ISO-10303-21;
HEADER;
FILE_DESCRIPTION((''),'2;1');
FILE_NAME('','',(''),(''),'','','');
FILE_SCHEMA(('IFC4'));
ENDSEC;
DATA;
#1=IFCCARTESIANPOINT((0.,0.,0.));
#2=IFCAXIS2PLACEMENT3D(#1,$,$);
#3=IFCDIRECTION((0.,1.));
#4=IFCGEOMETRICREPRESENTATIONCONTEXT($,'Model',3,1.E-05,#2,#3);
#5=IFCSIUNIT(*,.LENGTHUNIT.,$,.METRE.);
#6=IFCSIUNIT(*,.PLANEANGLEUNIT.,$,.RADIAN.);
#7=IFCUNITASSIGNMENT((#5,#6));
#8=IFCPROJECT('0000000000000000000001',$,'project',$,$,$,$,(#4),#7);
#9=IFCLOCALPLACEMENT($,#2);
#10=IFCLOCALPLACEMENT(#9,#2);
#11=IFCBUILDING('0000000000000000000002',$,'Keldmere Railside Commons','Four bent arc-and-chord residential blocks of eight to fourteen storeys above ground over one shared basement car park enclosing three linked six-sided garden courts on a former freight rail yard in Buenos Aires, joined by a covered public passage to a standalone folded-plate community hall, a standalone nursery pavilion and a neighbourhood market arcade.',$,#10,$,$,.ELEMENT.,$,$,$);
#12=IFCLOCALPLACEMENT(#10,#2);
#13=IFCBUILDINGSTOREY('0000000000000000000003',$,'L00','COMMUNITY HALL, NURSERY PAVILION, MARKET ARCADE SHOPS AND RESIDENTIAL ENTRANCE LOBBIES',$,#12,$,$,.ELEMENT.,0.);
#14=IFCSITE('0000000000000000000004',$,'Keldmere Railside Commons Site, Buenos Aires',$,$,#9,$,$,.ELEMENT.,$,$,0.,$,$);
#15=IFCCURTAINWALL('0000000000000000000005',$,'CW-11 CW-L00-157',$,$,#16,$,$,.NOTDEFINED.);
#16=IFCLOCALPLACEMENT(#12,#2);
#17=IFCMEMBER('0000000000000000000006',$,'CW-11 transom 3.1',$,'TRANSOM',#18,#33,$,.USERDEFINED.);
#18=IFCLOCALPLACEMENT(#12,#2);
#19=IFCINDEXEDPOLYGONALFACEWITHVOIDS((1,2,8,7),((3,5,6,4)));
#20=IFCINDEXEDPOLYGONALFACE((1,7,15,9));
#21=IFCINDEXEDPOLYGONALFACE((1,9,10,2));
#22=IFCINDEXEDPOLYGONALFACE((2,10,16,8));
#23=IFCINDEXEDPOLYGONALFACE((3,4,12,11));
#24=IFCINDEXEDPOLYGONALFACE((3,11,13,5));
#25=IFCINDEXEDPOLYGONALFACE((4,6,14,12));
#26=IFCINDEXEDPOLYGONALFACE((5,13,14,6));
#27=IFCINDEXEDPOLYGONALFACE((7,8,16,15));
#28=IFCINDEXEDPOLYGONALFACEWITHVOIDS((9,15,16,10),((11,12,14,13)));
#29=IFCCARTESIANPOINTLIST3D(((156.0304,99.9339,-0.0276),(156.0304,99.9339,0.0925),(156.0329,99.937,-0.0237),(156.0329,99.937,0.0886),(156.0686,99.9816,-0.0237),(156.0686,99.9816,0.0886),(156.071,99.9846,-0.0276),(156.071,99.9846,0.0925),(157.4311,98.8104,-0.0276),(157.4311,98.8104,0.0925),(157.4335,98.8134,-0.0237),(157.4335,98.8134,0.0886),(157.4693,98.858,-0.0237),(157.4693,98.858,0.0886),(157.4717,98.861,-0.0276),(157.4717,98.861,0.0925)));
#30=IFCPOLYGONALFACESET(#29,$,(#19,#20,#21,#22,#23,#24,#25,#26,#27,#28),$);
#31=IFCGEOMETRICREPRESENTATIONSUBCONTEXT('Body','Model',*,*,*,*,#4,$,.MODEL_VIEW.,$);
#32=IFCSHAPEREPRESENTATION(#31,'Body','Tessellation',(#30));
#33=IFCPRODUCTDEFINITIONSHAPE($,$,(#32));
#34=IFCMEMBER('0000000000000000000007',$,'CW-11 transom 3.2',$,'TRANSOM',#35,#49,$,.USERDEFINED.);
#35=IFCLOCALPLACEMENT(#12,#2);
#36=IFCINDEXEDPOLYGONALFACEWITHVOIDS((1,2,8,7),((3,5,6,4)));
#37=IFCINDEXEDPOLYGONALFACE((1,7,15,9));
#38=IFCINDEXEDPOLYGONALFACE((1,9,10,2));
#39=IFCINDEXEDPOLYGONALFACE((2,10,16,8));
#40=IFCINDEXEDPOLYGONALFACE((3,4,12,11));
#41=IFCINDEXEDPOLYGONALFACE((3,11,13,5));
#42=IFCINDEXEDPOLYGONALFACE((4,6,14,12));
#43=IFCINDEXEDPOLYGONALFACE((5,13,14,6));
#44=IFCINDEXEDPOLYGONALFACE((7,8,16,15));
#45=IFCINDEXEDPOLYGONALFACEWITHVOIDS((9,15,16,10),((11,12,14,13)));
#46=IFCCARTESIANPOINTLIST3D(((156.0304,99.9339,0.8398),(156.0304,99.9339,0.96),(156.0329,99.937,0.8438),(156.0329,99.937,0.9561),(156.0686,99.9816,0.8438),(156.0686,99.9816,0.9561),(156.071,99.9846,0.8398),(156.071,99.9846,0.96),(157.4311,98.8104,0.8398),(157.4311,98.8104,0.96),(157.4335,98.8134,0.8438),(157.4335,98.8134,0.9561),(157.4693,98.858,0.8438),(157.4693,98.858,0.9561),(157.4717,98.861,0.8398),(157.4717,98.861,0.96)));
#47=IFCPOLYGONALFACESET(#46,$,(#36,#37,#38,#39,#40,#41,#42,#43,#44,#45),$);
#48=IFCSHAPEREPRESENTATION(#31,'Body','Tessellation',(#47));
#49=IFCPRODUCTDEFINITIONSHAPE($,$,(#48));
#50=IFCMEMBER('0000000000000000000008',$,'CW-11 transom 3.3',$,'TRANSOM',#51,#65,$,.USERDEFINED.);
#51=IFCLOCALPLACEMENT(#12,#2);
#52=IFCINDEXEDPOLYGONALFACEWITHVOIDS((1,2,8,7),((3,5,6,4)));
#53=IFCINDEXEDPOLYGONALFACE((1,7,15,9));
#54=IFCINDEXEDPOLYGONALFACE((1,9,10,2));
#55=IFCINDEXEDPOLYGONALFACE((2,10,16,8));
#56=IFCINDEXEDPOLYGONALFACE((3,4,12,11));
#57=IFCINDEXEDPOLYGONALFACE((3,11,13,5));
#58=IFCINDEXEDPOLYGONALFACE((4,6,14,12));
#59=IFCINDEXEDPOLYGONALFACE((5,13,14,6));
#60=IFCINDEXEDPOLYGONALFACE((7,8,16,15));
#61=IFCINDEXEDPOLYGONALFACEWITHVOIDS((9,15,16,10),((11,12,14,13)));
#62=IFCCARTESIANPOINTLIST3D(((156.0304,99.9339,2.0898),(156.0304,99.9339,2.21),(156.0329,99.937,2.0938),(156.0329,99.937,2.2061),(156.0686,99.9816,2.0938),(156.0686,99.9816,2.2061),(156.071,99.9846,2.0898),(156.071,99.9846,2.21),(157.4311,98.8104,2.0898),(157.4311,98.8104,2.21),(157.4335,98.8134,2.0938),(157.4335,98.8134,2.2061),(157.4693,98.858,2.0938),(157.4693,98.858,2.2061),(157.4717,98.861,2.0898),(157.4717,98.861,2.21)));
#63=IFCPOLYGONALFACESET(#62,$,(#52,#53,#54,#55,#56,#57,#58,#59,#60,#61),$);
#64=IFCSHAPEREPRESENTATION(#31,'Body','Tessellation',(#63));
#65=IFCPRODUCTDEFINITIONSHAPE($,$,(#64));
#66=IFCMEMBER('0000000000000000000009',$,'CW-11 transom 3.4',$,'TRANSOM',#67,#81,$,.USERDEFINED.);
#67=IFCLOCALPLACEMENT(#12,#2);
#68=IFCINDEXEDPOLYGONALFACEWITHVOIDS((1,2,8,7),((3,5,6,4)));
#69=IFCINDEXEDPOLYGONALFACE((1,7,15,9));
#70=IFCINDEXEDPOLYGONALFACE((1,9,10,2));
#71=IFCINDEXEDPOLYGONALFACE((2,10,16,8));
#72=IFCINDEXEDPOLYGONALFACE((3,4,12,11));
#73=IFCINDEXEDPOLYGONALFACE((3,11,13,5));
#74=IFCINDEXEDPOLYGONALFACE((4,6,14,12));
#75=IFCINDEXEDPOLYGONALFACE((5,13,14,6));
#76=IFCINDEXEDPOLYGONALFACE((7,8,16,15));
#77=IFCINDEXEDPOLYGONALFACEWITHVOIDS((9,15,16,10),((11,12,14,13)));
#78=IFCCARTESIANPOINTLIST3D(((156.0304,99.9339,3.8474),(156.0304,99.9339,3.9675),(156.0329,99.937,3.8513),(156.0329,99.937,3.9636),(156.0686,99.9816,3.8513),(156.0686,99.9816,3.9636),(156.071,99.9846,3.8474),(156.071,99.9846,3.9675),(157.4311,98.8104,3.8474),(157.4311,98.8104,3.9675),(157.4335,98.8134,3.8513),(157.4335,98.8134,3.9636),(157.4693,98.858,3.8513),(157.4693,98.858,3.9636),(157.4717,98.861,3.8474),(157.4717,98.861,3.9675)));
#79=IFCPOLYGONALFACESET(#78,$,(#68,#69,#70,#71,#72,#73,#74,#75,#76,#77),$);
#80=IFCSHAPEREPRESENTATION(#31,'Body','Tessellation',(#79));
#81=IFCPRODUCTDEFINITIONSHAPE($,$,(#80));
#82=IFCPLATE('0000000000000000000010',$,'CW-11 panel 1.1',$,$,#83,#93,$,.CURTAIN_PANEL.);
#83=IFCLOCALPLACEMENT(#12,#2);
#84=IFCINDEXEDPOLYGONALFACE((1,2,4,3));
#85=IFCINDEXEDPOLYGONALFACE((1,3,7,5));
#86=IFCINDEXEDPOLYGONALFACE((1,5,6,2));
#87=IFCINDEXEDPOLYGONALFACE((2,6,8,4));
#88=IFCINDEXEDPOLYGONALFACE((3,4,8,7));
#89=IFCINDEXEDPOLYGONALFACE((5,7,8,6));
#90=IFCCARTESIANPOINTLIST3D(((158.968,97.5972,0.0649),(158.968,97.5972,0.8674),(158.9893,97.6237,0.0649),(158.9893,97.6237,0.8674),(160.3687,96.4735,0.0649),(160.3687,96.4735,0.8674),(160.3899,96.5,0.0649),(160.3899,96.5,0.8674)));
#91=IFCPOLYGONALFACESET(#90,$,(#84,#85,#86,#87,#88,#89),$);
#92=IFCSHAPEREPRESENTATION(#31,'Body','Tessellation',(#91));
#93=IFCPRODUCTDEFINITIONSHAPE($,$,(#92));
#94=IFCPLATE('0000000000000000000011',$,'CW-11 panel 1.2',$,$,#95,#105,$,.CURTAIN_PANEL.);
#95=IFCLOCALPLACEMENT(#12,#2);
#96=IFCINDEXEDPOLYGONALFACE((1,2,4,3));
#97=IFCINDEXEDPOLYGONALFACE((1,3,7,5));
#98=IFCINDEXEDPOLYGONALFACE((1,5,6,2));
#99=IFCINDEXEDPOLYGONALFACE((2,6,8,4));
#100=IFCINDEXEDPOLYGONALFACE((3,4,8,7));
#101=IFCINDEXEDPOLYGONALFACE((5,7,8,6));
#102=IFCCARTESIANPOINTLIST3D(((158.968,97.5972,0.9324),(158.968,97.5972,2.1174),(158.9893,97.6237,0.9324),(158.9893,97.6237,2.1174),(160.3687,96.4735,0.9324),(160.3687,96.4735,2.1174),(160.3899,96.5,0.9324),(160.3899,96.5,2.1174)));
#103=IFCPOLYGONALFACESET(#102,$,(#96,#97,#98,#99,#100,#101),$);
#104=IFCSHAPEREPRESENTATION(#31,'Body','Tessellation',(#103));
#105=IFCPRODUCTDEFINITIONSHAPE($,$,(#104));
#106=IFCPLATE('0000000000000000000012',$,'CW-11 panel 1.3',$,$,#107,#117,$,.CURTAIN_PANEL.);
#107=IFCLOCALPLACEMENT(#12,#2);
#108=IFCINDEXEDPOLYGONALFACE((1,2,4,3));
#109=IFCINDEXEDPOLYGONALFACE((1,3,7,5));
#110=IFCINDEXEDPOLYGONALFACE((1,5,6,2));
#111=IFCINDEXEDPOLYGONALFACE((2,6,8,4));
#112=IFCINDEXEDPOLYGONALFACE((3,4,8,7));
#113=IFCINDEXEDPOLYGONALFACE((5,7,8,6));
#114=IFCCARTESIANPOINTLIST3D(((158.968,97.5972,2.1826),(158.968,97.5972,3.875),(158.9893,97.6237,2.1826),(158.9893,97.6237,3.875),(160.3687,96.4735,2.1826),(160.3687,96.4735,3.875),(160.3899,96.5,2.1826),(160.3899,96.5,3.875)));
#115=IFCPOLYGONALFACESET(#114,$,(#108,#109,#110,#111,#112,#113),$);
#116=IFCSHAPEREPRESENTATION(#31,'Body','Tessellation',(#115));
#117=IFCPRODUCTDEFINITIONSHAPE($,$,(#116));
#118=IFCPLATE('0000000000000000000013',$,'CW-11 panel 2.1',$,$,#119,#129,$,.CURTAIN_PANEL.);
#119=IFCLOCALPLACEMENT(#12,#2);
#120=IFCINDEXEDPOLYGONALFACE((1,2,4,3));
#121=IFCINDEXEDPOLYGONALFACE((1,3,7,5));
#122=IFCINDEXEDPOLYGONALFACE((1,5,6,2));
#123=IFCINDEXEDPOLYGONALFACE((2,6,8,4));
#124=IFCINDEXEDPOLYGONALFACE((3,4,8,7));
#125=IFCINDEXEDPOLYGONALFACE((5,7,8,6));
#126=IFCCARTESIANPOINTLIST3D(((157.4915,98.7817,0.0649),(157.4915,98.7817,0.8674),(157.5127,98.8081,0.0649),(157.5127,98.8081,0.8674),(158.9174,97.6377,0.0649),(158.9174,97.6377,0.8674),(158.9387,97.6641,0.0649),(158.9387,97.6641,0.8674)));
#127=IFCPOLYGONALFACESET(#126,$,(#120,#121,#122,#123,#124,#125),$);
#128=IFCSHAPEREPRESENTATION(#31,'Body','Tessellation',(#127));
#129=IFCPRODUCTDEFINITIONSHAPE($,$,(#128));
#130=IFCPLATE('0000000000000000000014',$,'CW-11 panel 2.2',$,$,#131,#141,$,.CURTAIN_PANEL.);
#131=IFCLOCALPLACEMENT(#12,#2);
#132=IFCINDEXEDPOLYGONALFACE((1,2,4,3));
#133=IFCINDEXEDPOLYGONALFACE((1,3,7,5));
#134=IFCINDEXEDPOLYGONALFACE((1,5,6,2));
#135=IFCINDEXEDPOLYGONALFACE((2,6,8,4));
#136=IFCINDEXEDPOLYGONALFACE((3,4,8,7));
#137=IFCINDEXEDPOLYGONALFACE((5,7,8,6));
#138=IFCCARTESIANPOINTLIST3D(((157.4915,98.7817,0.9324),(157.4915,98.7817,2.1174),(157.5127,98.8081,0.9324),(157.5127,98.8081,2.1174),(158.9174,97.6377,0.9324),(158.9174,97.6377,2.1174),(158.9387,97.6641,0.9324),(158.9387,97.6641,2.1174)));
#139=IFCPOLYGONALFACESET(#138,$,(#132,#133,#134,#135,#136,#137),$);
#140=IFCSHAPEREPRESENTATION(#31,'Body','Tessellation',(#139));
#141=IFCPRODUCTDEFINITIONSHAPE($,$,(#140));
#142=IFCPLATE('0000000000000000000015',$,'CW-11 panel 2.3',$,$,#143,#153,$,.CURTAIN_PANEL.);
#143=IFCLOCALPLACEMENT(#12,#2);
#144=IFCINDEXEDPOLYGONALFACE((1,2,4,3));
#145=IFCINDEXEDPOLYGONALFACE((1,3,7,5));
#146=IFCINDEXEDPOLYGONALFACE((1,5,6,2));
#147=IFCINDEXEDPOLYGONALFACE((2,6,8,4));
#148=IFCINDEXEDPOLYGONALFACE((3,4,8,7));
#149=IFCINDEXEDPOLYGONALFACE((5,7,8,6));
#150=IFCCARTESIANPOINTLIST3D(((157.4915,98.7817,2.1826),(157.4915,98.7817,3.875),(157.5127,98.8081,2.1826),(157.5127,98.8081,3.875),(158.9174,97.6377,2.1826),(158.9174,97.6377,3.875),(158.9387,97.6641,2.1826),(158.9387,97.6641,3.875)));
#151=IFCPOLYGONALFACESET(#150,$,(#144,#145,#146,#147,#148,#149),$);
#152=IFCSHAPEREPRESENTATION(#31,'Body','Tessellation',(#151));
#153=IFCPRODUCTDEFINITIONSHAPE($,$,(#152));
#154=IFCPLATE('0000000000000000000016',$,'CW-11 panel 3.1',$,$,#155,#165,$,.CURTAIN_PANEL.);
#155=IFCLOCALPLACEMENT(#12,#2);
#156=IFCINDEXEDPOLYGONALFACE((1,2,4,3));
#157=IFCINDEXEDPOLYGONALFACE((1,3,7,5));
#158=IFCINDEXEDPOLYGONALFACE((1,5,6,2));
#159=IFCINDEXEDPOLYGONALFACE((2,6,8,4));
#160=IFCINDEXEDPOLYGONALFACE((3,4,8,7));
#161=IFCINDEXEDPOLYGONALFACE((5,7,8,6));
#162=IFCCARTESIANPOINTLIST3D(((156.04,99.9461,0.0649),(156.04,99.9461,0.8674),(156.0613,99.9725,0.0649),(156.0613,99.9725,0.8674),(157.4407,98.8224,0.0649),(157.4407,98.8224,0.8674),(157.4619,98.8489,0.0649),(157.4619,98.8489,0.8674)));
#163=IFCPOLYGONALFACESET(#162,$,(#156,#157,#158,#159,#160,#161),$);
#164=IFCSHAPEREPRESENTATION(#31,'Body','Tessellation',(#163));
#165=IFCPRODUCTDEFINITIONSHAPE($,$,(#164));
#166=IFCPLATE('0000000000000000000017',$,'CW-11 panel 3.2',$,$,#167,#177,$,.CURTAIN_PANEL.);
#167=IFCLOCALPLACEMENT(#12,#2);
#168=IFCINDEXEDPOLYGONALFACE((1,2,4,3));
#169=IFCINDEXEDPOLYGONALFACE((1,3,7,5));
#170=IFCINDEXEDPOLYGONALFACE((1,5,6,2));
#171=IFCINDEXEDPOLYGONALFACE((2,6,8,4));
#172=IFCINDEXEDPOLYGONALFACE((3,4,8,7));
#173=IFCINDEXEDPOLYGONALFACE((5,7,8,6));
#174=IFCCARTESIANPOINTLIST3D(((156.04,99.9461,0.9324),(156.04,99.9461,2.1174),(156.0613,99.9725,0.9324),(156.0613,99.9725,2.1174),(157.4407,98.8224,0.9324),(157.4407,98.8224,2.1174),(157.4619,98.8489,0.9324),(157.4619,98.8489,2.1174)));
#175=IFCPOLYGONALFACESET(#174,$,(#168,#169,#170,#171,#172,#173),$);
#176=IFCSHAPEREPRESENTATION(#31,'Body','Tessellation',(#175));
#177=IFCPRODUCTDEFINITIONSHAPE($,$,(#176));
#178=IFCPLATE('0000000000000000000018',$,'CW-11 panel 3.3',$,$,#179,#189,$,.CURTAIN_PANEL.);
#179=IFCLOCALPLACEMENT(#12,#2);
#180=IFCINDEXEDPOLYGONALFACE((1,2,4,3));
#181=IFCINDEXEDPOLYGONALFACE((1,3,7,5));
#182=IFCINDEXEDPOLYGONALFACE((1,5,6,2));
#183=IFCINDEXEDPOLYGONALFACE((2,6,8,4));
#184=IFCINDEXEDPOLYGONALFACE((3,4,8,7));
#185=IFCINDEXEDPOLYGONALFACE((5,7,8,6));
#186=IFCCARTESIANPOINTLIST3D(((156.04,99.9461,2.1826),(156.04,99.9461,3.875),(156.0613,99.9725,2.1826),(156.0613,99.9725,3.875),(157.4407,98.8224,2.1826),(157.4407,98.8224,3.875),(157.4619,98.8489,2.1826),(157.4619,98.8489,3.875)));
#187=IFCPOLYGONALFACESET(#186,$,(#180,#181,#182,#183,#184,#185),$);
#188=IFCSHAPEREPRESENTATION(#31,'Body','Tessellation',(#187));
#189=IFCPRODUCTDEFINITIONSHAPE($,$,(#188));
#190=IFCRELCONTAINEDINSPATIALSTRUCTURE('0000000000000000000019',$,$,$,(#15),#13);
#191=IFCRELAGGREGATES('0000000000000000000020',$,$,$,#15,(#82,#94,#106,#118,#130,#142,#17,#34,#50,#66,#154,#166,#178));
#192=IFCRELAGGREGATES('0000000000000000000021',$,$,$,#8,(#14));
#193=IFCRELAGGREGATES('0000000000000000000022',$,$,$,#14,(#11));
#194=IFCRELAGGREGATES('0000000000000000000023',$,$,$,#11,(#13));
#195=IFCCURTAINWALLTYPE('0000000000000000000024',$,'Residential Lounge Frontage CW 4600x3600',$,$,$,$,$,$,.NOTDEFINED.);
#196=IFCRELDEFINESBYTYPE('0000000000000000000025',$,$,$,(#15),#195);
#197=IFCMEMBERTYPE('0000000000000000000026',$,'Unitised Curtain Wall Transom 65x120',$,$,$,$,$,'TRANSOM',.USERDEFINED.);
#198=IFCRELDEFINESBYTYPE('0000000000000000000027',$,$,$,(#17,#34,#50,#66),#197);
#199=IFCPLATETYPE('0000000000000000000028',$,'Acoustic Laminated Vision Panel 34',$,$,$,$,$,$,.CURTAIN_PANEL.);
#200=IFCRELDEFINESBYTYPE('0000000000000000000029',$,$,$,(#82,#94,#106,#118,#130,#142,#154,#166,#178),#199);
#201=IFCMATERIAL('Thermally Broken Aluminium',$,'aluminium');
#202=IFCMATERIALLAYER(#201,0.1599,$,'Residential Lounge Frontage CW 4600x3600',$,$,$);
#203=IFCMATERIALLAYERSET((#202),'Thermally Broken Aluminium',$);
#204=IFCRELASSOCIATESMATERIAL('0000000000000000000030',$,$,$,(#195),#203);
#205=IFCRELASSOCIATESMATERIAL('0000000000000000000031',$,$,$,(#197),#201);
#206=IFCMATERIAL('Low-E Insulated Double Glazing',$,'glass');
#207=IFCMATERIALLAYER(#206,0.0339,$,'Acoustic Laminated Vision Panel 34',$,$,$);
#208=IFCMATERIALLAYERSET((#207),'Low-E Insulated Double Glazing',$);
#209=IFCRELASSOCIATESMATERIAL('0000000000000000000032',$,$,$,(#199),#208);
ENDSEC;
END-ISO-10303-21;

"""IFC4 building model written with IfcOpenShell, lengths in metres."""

from ifc_helpers import new_model, si_unit, direction, frame, origin, origin_2d, place, context, subcontext, project, spatial, rectangle, hollow_rectangle, extrude, material, layer, layer_set, material_profile, profile_set, type_object, element, aggregate, save


model = new_model("IFC4")

# Units and contexts
model_context = context("Model", 3, precision=1e-05, world=origin(), true_north=direction((0.0, 1.0)))
body_context = subcontext(model_context, "Body", "Model", "MODEL_VIEW")
ifc_project = project(units=[si_unit("LENGTHUNIT", "METRE"), si_unit("PLANEANGLEUNIT", "RADIAN")], contexts=[model_context])

# Site, building, storey
site_placement = place(None, origin())
site = spatial("IfcSite", under=ifc_project, at=site_placement, Name="Keldmere Railside Commons Site, Buenos Aires", CompositionType="ELEMENT", RefElevation=0.0)
building_placement = place(site_placement, origin())
building = spatial("IfcBuilding", under=site, at=building_placement, Name="Keldmere Railside Commons", Description="Four bent arc-and-chord residential blocks of eight to fourteen storeys above ground over one shared basement car park enclosing three linked six-sided garden courts on a former freight rail yard in Buenos Aires, joined by a covered public passage to a standalone folded-plate community hall, a standalone nursery pavilion and a neighbourhood market arcade.", CompositionType="ELEMENT")
storey_placement = place(building_placement, origin())
storey = spatial("IfcBuildingStorey", under=building, at=storey_placement, Name="L00", Description="COMMUNITY HALL, NURSERY PAVILION, MARKET ARCADE SHOPS AND RESIDENTIAL ENTRANCE LOBBIES", CompositionType="ELEMENT", Elevation=0.0)

# Curtain wall, members, plates
ifc_material_1 = material(Name="Thermally Broken Aluminium", Category="aluminium")
ifc_layer_1 = layer(ifc_material_1, 0.1599, Name="Residential Lounge Frontage CW 4600x3600")
ifc_layer_set_1 = layer_set([ifc_layer_1], Name="Thermally Broken Aluminium")
curtain_wall_type = type_object("IfcCurtainWallType", Name="Residential Lounge Frontage CW 4600x3600", PredefinedType="NOTDEFINED", material=ifc_layer_set_1)
curtain_wall_placement = place(storey_placement, origin())
curtain_wall = element("IfcCurtainWall", 1, at=curtain_wall_placement, inside=storey, type_object=curtain_wall_type, Name="CW-11 CW-L00-157", PredefinedType="NOTDEFINED")
ifc_material_profile_1 = material_profile(ifc_material_1, hollow_rectangle(XDim=0.0649, YDim=0.1201, WallThickness=0.0039, at=origin_2d()), Name="ALU-TRAN-65x120")
ifc_profile_set_1 = profile_set([ifc_material_profile_1], Name="Thermally Broken Aluminium")
member_type_1 = type_object("IfcMemberType", Name="Unitised Curtain Wall Transom 65x120", ElementType="TRANSOM", PredefinedType="USERDEFINED", material=ifc_profile_set_1)
member_1_placement = place(storey_placement, frame((157.4514, 98.8357, 0.0325), z_axis=(-0.780046, 0.625723, 0.0), x_axis=(-0.625723, -0.780046, 0.0)))
member_1 = element("IfcMember", 2, at=member_1_placement, type_object=member_type_1, Name="CW-11 transom 3.1", ObjectType="TRANSOM", PredefinedType="USERDEFINED", context=body_context, shape_type="SweptSolid", body=[
    extrude(hollow_rectangle(XDim=0.0649, YDim=0.1201, WallThickness=0.0039, at=origin_2d()), origin(), (0.0, 0.0, 1.0), 1.7957),
])
member_2_placement = place(storey_placement, frame((157.4514, 98.8357, 0.8999), z_axis=(-0.780046, 0.625723, 0.0), x_axis=(-0.625723, -0.780046, 0.0)))
member_2 = element("IfcMember", 3, at=member_2_placement, type_object=member_type_1, Name="CW-11 transom 3.2", ObjectType="TRANSOM", PredefinedType="USERDEFINED", context=body_context, shape_type="SweptSolid", body=[
    extrude(hollow_rectangle(XDim=0.0649, YDim=0.1201, WallThickness=0.0039, at=origin_2d()), origin(), (0.0, 0.0, 1.0), 1.7957),
])
member_3_placement = place(storey_placement, frame((157.4514, 98.8357, 2.1499), z_axis=(-0.780046, 0.625723, 0.0), x_axis=(-0.625723, -0.780046, 0.0)))
member_3 = element("IfcMember", 4, at=member_3_placement, type_object=member_type_1, Name="CW-11 transom 3.3", ObjectType="TRANSOM", PredefinedType="USERDEFINED", context=body_context, shape_type="SweptSolid", body=[
    extrude(hollow_rectangle(XDim=0.0649, YDim=0.1201, WallThickness=0.0039, at=origin_2d()), origin(), (0.0, 0.0, 1.0), 1.7957),
])
member_4_placement = place(storey_placement, frame((157.4514, 98.8357, 3.9075), z_axis=(-0.780046, 0.625723, 0.0), x_axis=(-0.625723, -0.780046, 0.0)))
member_4 = element("IfcMember", 5, at=member_4_placement, type_object=member_type_1, Name="CW-11 transom 3.4", ObjectType="TRANSOM", PredefinedType="USERDEFINED", context=body_context, shape_type="SweptSolid", body=[
    extrude(hollow_rectangle(XDim=0.0649, YDim=0.1201, WallThickness=0.0039, at=origin_2d()), origin(), (0.0, 0.0, 1.0), 1.7957),
])
ifc_material_2 = material(Name="Low-E Insulated Double Glazing", Category="glass")
ifc_layer_2 = layer(ifc_material_2, 0.0339, Name="Acoustic Laminated Vision Panel 34")
ifc_layer_set_2 = layer_set([ifc_layer_2], Name="Low-E Insulated Double Glazing")
plate_type = type_object("IfcPlateType", Name="Acoustic Laminated Vision Panel 34", PredefinedType="CURTAIN_PANEL", material=ifc_layer_set_2)
plate_1_placement = place(storey_placement, frame((159.679, 97.0486, 0.0649), z_axis=(0.0, 0.0, 1.0), x_axis=(-0.780009, 0.625768, 0.0)))
plate_1 = element("IfcPlate", 6, at=plate_1_placement, type_object=plate_type, Name="CW-11 panel 1.1", PredefinedType="CURTAIN_PANEL", context=body_context, shape_type="SweptSolid", body=[
    extrude(rectangle(XDim=1.7957, YDim=0.0339, at=origin_2d()), origin(), (0.0, 0.0, 1.0), 0.8025),
])
plate_2_placement = place(storey_placement, frame((159.679, 97.0486, 0.9324), z_axis=(0.0, 0.0, 1.0), x_axis=(-0.780009, 0.625768, 0.0)))
plate_2 = element("IfcPlate", 7, at=plate_2_placement, type_object=plate_type, Name="CW-11 panel 1.2", PredefinedType="CURTAIN_PANEL", context=body_context, shape_type="SweptSolid", body=[
    extrude(rectangle(XDim=1.7957, YDim=0.0339, at=origin_2d()), origin(), (0.0, 0.0, 1.0), 1.1851),
])
plate_3_placement = place(storey_placement, frame((159.679, 97.0486, 2.1826), z_axis=(0.0, 0.0, 1.0), x_axis=(-0.780009, 0.625768, 0.0)))
plate_3 = element("IfcPlate", 8, at=plate_3_placement, type_object=plate_type, Name="CW-11 panel 1.3", PredefinedType="CURTAIN_PANEL", context=body_context, shape_type="SweptSolid", body=[
    extrude(rectangle(XDim=1.7957, YDim=0.0339, at=origin_2d()), origin(), (0.0, 0.0, 1.0), 1.6924),
])
plate_4_placement = place(storey_placement, frame((158.2151, 98.2229, 0.0649), z_axis=(0.0, 0.0, 1.0), x_axis=(-0.780009, 0.625768, 0.0)))
plate_4 = element("IfcPlate", 9, at=plate_4_placement, type_object=plate_type, Name="CW-11 panel 2.1", PredefinedType="CURTAIN_PANEL", context=body_context, shape_type="SweptSolid", body=[
    extrude(rectangle(XDim=1.8281, YDim=0.0339, at=origin_2d()), origin(), (0.0, 0.0, 1.0), 0.8025),
])
plate_5_placement = place(storey_placement, frame((158.2151, 98.2229, 0.9324), z_axis=(0.0, 0.0, 1.0), x_axis=(-0.780009, 0.625768, 0.0)))
plate_5 = element("IfcPlate", 10, at=plate_5_placement, type_object=plate_type, Name="CW-11 panel 2.2", PredefinedType="CURTAIN_PANEL", context=body_context, shape_type="SweptSolid", body=[
    extrude(rectangle(XDim=1.8281, YDim=0.0339, at=origin_2d()), origin(), (0.0, 0.0, 1.0), 1.1851),
])
plate_6_placement = place(storey_placement, frame((158.2151, 98.2229, 2.1826), z_axis=(0.0, 0.0, 1.0), x_axis=(-0.780009, 0.625768, 0.0)))
plate_6 = element("IfcPlate", 11, at=plate_6_placement, type_object=plate_type, Name="CW-11 panel 2.3", PredefinedType="CURTAIN_PANEL", context=body_context, shape_type="SweptSolid", body=[
    extrude(rectangle(XDim=1.8281, YDim=0.0339, at=origin_2d()), origin(), (0.0, 0.0, 1.0), 1.6924),
])
plate_7_placement = place(storey_placement, frame((156.751, 99.3975, 0.0649), z_axis=(0.0, 0.0, 1.0), x_axis=(-0.780009, 0.625768, 0.0)))
plate_7 = element("IfcPlate", 12, at=plate_7_placement, type_object=plate_type, Name="CW-11 panel 3.1", PredefinedType="CURTAIN_PANEL", context=body_context, shape_type="SweptSolid", body=[
    extrude(rectangle(XDim=1.7957, YDim=0.0339, at=origin_2d()), origin(), (0.0, 0.0, 1.0), 0.8025),
])
plate_8_placement = place(storey_placement, frame((156.751, 99.3975, 0.9324), z_axis=(0.0, 0.0, 1.0), x_axis=(-0.780009, 0.625768, 0.0)))
plate_8 = element("IfcPlate", 13, at=plate_8_placement, type_object=plate_type, Name="CW-11 panel 3.2", PredefinedType="CURTAIN_PANEL", context=body_context, shape_type="SweptSolid", body=[
    extrude(rectangle(XDim=1.7957, YDim=0.0339, at=origin_2d()), origin(), (0.0, 0.0, 1.0), 1.1851),
])
plate_9_placement = place(storey_placement, frame((156.751, 99.3975, 2.1826), z_axis=(0.0, 0.0, 1.0), x_axis=(-0.780009, 0.625768, 0.0)))
plate_9 = element("IfcPlate", 14, at=plate_9_placement, type_object=plate_type, Name="CW-11 panel 3.3", PredefinedType="CURTAIN_PANEL", context=body_context, shape_type="SweptSolid", body=[
    extrude(rectangle(XDim=1.7957, YDim=0.0339, at=origin_2d()), origin(), (0.0, 0.0, 1.0), 1.6924),
])
aggregate(curtain_wall, [plate_1, plate_2, plate_3, plate_4, plate_5, plate_6, member_1, member_2, member_3, member_4, plate_7, plate_8, plate_9])

save(model, "model.ifc")
